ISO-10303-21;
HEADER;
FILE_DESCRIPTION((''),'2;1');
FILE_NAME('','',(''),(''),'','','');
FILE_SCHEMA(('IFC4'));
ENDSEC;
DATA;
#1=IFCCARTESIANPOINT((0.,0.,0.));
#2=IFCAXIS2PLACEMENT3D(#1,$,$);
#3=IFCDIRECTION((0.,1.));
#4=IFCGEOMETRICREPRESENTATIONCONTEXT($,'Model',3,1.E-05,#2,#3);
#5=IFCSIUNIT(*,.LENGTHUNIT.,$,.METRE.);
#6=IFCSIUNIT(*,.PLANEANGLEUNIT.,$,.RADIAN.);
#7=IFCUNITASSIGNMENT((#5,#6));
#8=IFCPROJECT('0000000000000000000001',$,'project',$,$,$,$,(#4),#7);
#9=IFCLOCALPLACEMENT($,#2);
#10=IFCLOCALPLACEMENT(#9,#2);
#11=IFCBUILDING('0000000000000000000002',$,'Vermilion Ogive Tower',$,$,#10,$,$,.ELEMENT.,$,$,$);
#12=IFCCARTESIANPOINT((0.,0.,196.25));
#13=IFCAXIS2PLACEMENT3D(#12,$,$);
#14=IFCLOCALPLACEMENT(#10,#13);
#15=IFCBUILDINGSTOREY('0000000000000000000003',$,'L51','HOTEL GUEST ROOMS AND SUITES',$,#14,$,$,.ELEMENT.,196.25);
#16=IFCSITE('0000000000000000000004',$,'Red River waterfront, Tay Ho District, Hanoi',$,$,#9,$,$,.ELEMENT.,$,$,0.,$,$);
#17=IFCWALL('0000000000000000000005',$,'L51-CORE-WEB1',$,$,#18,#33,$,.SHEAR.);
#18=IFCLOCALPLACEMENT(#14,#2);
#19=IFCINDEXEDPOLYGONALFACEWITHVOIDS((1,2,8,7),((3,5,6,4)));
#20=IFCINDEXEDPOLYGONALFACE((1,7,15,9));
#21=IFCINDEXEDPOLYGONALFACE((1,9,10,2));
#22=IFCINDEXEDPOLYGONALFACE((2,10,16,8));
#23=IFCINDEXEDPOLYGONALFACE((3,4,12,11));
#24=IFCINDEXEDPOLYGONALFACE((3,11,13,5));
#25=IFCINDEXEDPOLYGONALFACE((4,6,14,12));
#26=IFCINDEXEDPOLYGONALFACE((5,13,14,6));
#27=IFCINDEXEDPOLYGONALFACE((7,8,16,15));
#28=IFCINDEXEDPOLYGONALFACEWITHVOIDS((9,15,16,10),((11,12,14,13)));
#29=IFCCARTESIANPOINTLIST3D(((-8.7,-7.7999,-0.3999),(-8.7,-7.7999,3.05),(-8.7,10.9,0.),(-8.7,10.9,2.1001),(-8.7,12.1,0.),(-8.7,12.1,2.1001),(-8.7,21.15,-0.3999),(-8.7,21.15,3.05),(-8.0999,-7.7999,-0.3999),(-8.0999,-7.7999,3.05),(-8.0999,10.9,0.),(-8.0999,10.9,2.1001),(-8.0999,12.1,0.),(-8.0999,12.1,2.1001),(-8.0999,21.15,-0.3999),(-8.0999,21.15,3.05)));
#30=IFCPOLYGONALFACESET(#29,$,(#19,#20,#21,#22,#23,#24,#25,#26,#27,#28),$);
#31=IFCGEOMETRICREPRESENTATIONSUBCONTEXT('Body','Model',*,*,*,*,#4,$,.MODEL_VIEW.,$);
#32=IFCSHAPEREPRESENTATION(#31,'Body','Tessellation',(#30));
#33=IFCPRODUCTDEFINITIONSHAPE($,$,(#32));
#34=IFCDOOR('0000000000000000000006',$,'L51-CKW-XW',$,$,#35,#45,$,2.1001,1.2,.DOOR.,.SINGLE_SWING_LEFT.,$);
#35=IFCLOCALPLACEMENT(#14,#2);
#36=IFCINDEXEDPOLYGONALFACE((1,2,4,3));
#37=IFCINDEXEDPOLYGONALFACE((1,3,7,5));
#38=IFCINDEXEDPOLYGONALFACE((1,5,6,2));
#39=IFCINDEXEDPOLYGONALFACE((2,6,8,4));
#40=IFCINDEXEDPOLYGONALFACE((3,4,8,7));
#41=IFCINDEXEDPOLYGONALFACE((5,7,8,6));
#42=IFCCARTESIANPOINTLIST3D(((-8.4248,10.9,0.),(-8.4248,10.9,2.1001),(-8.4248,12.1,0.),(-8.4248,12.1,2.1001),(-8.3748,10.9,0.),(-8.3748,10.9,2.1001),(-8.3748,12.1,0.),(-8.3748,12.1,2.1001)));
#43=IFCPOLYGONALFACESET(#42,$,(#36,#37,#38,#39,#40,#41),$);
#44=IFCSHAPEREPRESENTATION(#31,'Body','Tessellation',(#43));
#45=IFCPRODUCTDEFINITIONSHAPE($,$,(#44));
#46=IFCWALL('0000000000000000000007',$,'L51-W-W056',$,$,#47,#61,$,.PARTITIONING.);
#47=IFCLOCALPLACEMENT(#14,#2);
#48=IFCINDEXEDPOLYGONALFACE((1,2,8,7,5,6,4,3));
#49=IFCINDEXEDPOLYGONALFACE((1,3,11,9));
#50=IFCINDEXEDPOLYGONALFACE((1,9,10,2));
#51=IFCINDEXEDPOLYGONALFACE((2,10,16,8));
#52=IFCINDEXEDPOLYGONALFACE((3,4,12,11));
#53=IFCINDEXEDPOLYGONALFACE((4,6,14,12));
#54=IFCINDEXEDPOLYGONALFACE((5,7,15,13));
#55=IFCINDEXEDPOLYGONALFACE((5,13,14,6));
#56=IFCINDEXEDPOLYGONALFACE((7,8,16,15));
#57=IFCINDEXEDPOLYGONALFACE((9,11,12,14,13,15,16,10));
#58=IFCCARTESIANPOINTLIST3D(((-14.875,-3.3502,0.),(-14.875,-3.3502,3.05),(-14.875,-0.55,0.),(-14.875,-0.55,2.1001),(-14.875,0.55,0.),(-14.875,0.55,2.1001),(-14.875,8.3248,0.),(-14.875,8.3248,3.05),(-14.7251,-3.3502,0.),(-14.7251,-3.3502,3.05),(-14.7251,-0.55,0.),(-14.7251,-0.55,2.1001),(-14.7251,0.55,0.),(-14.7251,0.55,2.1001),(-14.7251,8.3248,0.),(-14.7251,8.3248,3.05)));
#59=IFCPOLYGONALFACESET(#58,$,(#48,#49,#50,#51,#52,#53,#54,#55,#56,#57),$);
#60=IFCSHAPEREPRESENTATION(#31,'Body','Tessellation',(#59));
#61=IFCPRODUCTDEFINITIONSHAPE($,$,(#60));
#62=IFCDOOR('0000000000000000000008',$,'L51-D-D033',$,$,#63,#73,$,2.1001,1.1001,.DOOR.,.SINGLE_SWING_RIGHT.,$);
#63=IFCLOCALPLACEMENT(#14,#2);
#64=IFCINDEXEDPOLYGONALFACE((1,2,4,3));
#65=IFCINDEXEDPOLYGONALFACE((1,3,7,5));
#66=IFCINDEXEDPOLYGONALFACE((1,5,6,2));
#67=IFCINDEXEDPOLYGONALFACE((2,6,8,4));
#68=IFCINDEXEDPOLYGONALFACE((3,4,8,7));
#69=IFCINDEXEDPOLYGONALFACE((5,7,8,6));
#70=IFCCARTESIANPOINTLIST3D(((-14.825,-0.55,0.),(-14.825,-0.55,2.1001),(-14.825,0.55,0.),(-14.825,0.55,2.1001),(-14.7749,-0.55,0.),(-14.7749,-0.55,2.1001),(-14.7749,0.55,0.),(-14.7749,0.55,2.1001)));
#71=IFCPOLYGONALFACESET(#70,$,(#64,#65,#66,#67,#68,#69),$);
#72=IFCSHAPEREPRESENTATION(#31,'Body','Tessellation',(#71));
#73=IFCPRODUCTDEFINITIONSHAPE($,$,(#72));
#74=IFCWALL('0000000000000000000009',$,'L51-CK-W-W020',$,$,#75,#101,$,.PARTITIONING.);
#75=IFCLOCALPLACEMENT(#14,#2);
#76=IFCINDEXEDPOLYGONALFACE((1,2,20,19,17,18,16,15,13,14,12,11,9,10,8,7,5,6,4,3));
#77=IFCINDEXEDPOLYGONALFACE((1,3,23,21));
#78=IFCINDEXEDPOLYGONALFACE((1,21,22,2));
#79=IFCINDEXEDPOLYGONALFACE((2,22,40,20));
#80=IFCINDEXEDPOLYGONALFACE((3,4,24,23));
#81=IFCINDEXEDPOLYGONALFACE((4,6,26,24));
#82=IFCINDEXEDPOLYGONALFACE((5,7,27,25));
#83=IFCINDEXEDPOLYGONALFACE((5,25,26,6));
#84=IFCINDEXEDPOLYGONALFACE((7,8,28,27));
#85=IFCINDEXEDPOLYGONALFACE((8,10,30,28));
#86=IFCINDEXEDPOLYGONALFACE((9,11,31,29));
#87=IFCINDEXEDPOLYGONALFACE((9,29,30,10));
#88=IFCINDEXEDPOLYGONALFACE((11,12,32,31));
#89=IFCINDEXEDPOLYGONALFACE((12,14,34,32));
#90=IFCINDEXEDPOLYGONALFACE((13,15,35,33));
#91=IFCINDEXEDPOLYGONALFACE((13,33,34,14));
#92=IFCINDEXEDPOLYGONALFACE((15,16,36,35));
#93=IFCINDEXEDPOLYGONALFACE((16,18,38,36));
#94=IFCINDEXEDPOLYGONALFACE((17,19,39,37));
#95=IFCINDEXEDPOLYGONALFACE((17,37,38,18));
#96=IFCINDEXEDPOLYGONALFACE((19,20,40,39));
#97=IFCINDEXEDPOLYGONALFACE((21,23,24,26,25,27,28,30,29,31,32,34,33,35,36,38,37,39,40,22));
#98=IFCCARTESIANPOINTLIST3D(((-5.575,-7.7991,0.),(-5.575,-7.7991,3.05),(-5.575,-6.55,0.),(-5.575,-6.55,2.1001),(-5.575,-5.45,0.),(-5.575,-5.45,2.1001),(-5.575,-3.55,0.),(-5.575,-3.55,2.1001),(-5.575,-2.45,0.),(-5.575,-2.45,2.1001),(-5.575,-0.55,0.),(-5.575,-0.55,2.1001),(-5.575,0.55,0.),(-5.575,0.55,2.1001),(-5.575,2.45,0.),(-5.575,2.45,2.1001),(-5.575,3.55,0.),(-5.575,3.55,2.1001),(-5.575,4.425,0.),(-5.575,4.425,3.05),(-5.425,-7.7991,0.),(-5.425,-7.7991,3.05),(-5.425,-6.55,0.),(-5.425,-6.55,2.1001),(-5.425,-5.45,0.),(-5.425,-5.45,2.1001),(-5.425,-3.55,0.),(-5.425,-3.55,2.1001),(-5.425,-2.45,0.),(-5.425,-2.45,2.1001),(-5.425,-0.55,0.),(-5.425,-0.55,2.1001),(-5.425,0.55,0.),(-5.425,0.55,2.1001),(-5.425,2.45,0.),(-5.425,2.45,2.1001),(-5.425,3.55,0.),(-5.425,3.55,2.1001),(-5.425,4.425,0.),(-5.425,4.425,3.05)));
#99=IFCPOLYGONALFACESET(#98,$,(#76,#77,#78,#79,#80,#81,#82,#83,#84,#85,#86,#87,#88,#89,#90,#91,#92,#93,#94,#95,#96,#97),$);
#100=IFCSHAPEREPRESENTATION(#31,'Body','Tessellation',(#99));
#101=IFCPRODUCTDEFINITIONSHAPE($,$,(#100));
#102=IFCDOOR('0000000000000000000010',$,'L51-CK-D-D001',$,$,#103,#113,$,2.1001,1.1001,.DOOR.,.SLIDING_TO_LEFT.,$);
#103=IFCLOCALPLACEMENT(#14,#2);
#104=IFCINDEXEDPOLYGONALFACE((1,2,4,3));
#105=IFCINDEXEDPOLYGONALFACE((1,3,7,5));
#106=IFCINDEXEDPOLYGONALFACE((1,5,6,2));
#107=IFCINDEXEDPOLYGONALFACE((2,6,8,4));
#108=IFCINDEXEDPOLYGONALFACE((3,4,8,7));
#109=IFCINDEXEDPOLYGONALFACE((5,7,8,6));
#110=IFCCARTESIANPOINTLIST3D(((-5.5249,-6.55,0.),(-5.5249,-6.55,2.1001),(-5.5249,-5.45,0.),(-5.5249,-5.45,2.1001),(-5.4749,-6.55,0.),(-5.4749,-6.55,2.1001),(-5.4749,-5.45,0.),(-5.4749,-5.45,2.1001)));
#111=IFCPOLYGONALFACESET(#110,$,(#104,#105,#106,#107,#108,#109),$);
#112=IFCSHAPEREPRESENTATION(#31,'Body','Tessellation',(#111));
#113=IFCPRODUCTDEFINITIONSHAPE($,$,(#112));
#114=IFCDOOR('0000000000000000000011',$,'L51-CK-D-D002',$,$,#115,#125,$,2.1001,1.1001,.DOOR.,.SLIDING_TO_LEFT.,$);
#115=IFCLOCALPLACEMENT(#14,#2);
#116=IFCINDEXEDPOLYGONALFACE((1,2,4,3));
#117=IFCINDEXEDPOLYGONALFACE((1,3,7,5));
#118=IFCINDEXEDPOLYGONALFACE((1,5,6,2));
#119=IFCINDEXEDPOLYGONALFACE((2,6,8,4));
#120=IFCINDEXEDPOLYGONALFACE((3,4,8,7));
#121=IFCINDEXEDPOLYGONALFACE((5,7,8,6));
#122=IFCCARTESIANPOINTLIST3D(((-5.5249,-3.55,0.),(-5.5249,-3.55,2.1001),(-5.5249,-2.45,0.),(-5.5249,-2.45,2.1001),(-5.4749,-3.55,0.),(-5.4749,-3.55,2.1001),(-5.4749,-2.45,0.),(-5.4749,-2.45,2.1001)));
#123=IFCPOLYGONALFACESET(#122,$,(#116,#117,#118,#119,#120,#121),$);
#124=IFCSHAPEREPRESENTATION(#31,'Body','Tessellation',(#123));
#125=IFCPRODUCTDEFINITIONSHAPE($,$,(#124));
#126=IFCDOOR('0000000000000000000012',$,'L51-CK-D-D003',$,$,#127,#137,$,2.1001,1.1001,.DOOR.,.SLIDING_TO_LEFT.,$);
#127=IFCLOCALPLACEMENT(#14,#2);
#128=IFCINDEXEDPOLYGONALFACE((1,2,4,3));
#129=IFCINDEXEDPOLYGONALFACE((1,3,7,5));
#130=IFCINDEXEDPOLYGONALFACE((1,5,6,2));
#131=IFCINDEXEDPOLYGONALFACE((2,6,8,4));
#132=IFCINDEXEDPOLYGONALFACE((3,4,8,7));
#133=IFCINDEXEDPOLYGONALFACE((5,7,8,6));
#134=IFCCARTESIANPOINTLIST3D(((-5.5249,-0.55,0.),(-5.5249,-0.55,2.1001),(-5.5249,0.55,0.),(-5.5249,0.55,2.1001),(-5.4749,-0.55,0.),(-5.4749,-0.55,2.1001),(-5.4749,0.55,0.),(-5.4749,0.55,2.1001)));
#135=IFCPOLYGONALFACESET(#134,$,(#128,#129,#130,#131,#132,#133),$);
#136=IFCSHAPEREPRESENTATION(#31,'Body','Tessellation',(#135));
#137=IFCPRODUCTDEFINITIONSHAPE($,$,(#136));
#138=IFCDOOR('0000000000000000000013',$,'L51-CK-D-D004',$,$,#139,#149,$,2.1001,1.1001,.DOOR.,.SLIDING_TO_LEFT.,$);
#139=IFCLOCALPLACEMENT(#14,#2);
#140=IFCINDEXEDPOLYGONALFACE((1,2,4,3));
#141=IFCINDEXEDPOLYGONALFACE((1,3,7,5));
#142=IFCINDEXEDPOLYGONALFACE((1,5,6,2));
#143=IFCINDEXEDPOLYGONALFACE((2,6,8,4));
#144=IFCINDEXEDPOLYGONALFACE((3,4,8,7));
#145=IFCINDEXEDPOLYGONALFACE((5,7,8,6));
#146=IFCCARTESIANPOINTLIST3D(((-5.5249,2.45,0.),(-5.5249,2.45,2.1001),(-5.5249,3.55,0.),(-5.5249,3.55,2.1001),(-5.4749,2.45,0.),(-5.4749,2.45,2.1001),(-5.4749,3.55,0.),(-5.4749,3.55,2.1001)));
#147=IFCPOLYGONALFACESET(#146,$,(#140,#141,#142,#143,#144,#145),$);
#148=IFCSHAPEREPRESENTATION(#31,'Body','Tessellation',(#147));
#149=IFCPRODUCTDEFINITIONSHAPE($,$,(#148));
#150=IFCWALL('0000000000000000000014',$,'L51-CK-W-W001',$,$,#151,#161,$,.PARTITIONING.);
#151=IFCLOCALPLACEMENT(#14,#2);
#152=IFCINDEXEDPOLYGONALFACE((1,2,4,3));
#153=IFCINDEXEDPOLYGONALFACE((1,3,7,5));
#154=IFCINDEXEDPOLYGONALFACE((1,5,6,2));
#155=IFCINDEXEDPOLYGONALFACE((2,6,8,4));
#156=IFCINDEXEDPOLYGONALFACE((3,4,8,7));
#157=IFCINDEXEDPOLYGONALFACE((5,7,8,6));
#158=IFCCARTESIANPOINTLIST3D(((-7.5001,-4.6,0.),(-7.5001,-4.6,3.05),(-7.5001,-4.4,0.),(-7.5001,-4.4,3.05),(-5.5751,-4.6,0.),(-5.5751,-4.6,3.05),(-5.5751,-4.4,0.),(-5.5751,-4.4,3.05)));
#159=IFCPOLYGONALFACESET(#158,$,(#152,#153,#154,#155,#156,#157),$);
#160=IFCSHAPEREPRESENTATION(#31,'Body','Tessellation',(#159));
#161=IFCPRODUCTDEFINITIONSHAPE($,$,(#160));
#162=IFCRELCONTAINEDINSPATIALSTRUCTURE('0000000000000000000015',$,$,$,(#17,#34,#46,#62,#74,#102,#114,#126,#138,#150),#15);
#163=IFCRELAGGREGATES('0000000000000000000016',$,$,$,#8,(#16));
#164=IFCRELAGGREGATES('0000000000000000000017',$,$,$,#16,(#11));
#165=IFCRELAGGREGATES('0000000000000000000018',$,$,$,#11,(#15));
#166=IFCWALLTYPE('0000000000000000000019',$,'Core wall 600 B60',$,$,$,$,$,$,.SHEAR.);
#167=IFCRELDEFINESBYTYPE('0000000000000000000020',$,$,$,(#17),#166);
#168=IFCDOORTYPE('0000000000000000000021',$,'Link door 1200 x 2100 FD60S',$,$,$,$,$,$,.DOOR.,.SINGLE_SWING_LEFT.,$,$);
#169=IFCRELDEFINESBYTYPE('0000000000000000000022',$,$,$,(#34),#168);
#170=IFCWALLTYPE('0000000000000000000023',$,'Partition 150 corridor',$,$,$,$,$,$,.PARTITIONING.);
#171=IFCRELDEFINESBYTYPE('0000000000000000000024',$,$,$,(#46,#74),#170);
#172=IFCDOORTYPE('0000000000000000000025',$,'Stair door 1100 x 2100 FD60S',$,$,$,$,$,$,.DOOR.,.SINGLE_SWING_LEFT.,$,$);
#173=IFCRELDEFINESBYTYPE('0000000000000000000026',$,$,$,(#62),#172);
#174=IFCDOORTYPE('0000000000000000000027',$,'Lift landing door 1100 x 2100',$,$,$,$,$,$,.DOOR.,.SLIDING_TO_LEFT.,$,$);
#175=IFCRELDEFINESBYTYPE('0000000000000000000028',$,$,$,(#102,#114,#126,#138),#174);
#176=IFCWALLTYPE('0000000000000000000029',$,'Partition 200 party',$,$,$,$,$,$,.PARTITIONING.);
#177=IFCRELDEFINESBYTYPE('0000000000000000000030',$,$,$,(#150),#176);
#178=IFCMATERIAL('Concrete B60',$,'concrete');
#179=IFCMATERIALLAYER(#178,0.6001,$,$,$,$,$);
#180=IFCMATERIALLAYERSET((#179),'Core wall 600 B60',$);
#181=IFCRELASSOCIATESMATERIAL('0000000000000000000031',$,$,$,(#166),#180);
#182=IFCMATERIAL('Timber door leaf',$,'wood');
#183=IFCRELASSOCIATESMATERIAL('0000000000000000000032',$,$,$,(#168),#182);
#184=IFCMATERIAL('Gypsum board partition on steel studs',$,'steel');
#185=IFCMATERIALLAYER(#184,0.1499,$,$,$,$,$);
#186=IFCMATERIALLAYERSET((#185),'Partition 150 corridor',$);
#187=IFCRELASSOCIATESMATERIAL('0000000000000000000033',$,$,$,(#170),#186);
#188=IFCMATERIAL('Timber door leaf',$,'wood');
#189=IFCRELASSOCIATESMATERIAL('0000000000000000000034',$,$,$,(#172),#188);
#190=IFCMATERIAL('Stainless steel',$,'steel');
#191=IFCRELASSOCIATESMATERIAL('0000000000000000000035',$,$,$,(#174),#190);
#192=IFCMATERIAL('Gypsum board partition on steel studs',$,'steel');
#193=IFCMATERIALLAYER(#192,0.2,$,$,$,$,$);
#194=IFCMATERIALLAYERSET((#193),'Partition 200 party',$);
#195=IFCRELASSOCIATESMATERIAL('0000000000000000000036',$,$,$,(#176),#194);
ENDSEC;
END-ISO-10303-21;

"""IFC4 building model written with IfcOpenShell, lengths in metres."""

from ifc_helpers import new_model, si_unit, direction, frame, frame_2d, origin, place, context, subcontext, project, spatial, rectangle, extrude, material, layer, layer_set, type_object, element, fill, save


model = new_model("IFC4")

# Units and contexts
model_context = context("Model", 3, precision=1e-05, world=origin(), true_north=direction((0.0, 1.0)))
body_context = subcontext(model_context, "Body", "Model", "MODEL_VIEW")
ifc_project = project(units=[si_unit("LENGTHUNIT", "METRE"), si_unit("PLANEANGLEUNIT", "RADIAN")], contexts=[model_context])

# Site, building, storey
site_placement = place(None, origin())
site = spatial("IfcSite", under=ifc_project, at=site_placement, Name="Red River waterfront, Tay Ho District, Hanoi", CompositionType="ELEMENT", RefElevation=0.0)
building_placement = place(site_placement, origin())
building = spatial("IfcBuilding", under=site, at=building_placement, Name="Vermilion Ogive Tower", CompositionType="ELEMENT")
storey_placement = place(building_placement, frame((0.0, 0.0, 196.25)))
storey = spatial("IfcBuildingStorey", under=building, at=storey_placement, Name="L51", Description="HOTEL GUEST ROOMS AND SUITES", CompositionType="ELEMENT", Elevation=196.25)

# Walls, openings, doors
ifc_material_1 = material(Name="Concrete B60", Category="concrete")
ifc_layer_1 = layer(ifc_material_1, 0.6001)
ifc_layer_set_1 = layer_set([ifc_layer_1], Name="Core wall 600 B60")
wall_type_1 = type_object("IfcWallType", Name="Core wall 600 B60", PredefinedType="SHEAR", material=ifc_layer_set_1)
wall_1_placement = place(storey_placement, frame((-8.3999, -7.8, -0.3999), z_axis=(0.0, 0.0, 1.0), x_axis=(0.0, 1.0, 0.0)))
wall_1 = element("IfcWall", 1, at=wall_1_placement, inside=storey, type_object=wall_type_1, Name="L51-CORE-WEB1", PredefinedType="SHEAR", context=body_context, shape_type="SweptSolid", body=[
    extrude(rectangle(XDim=28.95, YDim=0.6001, at=frame_2d((14.4751, 0.0))), origin(), (0.0, 0.0, 1.0), 3.45),
])
opening_1_placement = place(wall_1_placement, frame((18.7, 0.0, 0.3999)))
opening_1 = element("IfcOpeningElement", 2, at=opening_1_placement, cuts=wall_1, PredefinedType="OPENING", context=body_context, shape_type="SweptSolid", body=[
    extrude(rectangle(XDim=1.2, YDim=2.1001, at=frame_2d((0.6001, 1.05))), frame((0.0, 0.3101, 0.0), z_axis=(0.0, -1.0, 0.0), x_axis=(1.0, 0.0, 0.0)), (0.0, 0.0, 1.0), 0.6201),
])
ifc_material_2 = material(Name="Timber door leaf", Category="wood")
door_type_1 = type_object("IfcDoorType", Name="Link door 1200 x 2100 FD60S", OperationType="SINGLE_SWING_LEFT", PredefinedType="DOOR", material=ifc_material_2)
door_1_placement = place(opening_1_placement, origin())
door_1 = element("IfcDoor", 3, at=door_1_placement, inside=storey, type_object=door_type_1, Name="L51-CKW-XW", OperationType="SINGLE_SWING_LEFT", OverallHeight=2.1001, OverallWidth=1.2, PredefinedType="DOOR", context=body_context, shape_type="SweptSolid", body=[
    extrude(rectangle(XDim=1.2, YDim=2.1001, at=frame_2d((0.6001, 1.05))), frame((0.0, 0.0249, 0.0), z_axis=(0.0, -1.0, 0.0), x_axis=(1.0, 0.0, 0.0)), (0.0, 0.0, 1.0), 0.05),
])
fill(opening_1, door_1)
ifc_material_3 = material(Name="Gypsum board partition on steel studs", Category="steel")
ifc_layer_2 = layer(ifc_material_3, 0.1499)
ifc_layer_set_2 = layer_set([ifc_layer_2], Name="Partition 150 corridor")
wall_type_2 = type_object("IfcWallType", Name="Partition 150 corridor", PredefinedType="PARTITIONING", material=ifc_layer_set_2)
wall_2_placement = place(storey_placement, frame((-14.8, -3.3501, 0.0), z_axis=(0.0, 0.0, 1.0), x_axis=(0.0, 1.0, 0.0)))
wall_2 = element("IfcWall", 4, at=wall_2_placement, inside=storey, type_object=wall_type_2, Name="L51-W-W056", PredefinedType="PARTITIONING", context=body_context, shape_type="SweptSolid", body=[
    extrude(rectangle(XDim=11.675, YDim=0.1499, at=frame_2d((5.8374, 0.0))), origin(), (0.0, 0.0, 1.0), 3.05),
])
opening_2_placement = place(wall_2_placement, frame((2.8, 0.0, 0.0)))
opening_2 = element("IfcOpeningElement", 5, at=opening_2_placement, cuts=wall_2, PredefinedType="OPENING", context=body_context, shape_type="SweptSolid", body=[
    extrude(rectangle(XDim=1.1001, YDim=2.1001, at=frame_2d((0.55, 1.05))), frame((0.0, 0.085, 0.0), z_axis=(0.0, -1.0, 0.0), x_axis=(1.0, 0.0, 0.0)), (0.0, 0.0, 1.0), 0.1699),
])
ifc_material_4 = material(Name="Timber door leaf", Category="wood")
door_type_2 = type_object("IfcDoorType", Name="Stair door 1100 x 2100 FD60S", OperationType="SINGLE_SWING_LEFT", PredefinedType="DOOR", material=ifc_material_4)
door_2_placement = place(opening_2_placement, origin())
door_2 = element("IfcDoor", 6, at=door_2_placement, inside=storey, type_object=door_type_2, Name="L51-D-D033", OperationType="SINGLE_SWING_RIGHT", OverallHeight=2.1001, OverallWidth=1.1001, PredefinedType="DOOR", context=body_context, shape_type="SweptSolid", body=[
    extrude(rectangle(XDim=1.1001, YDim=2.1001, at=frame_2d((0.55, 1.05))), frame((0.0, 0.0249, 0.0), z_axis=(0.0, -1.0, 0.0), x_axis=(1.0, 0.0, 0.0)), (0.0, 0.0, 1.0), 0.05),
])
fill(opening_2, door_2)

# Wall, openings, doors
wall_3_placement = place(storey_placement, frame((-5.5, -7.7991, 0.0), z_axis=(0.0, 0.0, 1.0), x_axis=(0.0, 1.0, 0.0)))
wall_3 = element("IfcWall", 7, at=wall_3_placement, inside=storey, type_object=wall_type_2, Name="L51-CK-W-W020", PredefinedType="PARTITIONING", context=body_context, shape_type="SweptSolid", body=[
    extrude(rectangle(XDim=12.2241, YDim=0.1499, at=frame_2d((6.1121, 0.0))), origin(), (0.0, 0.0, 1.0), 3.05),
])
opening_3_placement = place(wall_3_placement, frame((1.249, 0.0, 0.0)))
opening_3 = element("IfcOpeningElement", 8, at=opening_3_placement, cuts=wall_3, PredefinedType="OPENING", context=body_context, shape_type="SweptSolid", body=[
    extrude(rectangle(XDim=1.1001, YDim=2.1001, at=frame_2d((0.55, 1.05))), frame((0.0, 0.085, 0.0), z_axis=(0.0, -1.0, 0.0), x_axis=(1.0, 0.0, 0.0)), (0.0, 0.0, 1.0), 0.1699),
])
opening_4_placement = place(wall_3_placement, frame((4.249, 0.0, 0.0)))
opening_4 = element("IfcOpeningElement", 9, at=opening_4_placement, cuts=wall_3, PredefinedType="OPENING", context=body_context, shape_type="SweptSolid", body=[
    extrude(rectangle(XDim=1.1001, YDim=2.1001, at=frame_2d((0.55, 1.05))), frame((0.0, 0.085, 0.0), z_axis=(0.0, -1.0, 0.0), x_axis=(1.0, 0.0, 0.0)), (0.0, 0.0, 1.0), 0.1699),
])
opening_5_placement = place(wall_3_placement, frame((7.249, 0.0, 0.0)))
opening_5 = element("IfcOpeningElement", 10, at=opening_5_placement, cuts=wall_3, PredefinedType="OPENING", context=body_context, shape_type="SweptSolid", body=[
    extrude(rectangle(XDim=1.1001, YDim=2.1001, at=frame_2d((0.55, 1.05))), frame((0.0, 0.085, 0.0), z_axis=(0.0, -1.0, 0.0), x_axis=(1.0, 0.0, 0.0)), (0.0, 0.0, 1.0), 0.1699),
])
opening_6_placement = place(wall_3_placement, frame((10.249, 0.0, 0.0)))
opening_6 = element("IfcOpeningElement", 11, at=opening_6_placement, cuts=wall_3, PredefinedType="OPENING", context=body_context, shape_type="SweptSolid", body=[
    extrude(rectangle(XDim=1.1001, YDim=2.1001, at=frame_2d((0.55, 1.05))), frame((0.0, 0.085, 0.0), z_axis=(0.0, -1.0, 0.0), x_axis=(1.0, 0.0, 0.0)), (0.0, 0.0, 1.0), 0.1699),
])
ifc_material_5 = material(Name="Stainless steel", Category="steel")
door_type_3 = type_object("IfcDoorType", Name="Lift landing door 1100 x 2100", OperationType="SLIDING_TO_LEFT", PredefinedType="DOOR", material=ifc_material_5)
door_3_placement = place(opening_3_placement, origin())
door_3 = element("IfcDoor", 12, at=door_3_placement, inside=storey, type_object=door_type_3, Name="L51-CK-D-D001", OperationType="SLIDING_TO_LEFT", OverallHeight=2.1001, OverallWidth=1.1001, PredefinedType="DOOR", context=body_context, shape_type="SweptSolid", body=[
    extrude(rectangle(XDim=1.1001, YDim=2.1001, at=frame_2d((0.55, 1.05))), frame((0.0, 0.0249, 0.0), z_axis=(0.0, -1.0, 0.0), x_axis=(1.0, 0.0, 0.0)), (0.0, 0.0, 1.0), 0.05),
])
fill(opening_3, door_3)
door_4_placement = place(opening_4_placement, origin())
door_4 = element("IfcDoor", 13, at=door_4_placement, inside=storey, type_object=door_type_3, Name="L51-CK-D-D002", OperationType="SLIDING_TO_LEFT", OverallHeight=2.1001, OverallWidth=1.1001, PredefinedType="DOOR", context=body_context, shape_type="SweptSolid", body=[
    extrude(rectangle(XDim=1.1001, YDim=2.1001, at=frame_2d((0.55, 1.05))), frame((0.0, 0.0249, 0.0), z_axis=(0.0, -1.0, 0.0), x_axis=(1.0, 0.0, 0.0)), (0.0, 0.0, 1.0), 0.05),
])
fill(opening_4, door_4)
door_5_placement = place(opening_5_placement, origin())
door_5 = element("IfcDoor", 14, at=door_5_placement, inside=storey, type_object=door_type_3, Name="L51-CK-D-D003", OperationType="SLIDING_TO_LEFT", OverallHeight=2.1001, OverallWidth=1.1001, PredefinedType="DOOR", context=body_context, shape_type="SweptSolid", body=[
    extrude(rectangle(XDim=1.1001, YDim=2.1001, at=frame_2d((0.55, 1.05))), frame((0.0, 0.0249, 0.0), z_axis=(0.0, -1.0, 0.0), x_axis=(1.0, 0.0, 0.0)), (0.0, 0.0, 1.0), 0.05),
])
fill(opening_5, door_5)
door_6_placement = place(opening_6_placement, origin())
door_6 = element("IfcDoor", 15, at=door_6_placement, inside=storey, type_object=door_type_3, Name="L51-CK-D-D004", OperationType="SLIDING_TO_LEFT", OverallHeight=2.1001, OverallWidth=1.1001, PredefinedType="DOOR", context=body_context, shape_type="SweptSolid", body=[
    extrude(rectangle(XDim=1.1001, YDim=2.1001, at=frame_2d((0.55, 1.05))), frame((0.0, 0.0249, 0.0), z_axis=(0.0, -1.0, 0.0), x_axis=(1.0, 0.0, 0.0)), (0.0, 0.0, 1.0), 0.05),
])
fill(opening_6, door_6)

# Wall
ifc_material_6 = material(Name="Gypsum board partition on steel studs", Category="steel")
ifc_layer_3 = layer(ifc_material_6, 0.2)
ifc_layer_set_3 = layer_set([ifc_layer_3], Name="Partition 200 party")
wall_type_3 = type_object("IfcWallType", Name="Partition 200 party", PredefinedType="PARTITIONING", material=ifc_layer_set_3)
for number, where, z_axis, x_axis, name in (
    (16, (-7.5, -4.5, 0.0), (0.0, 0.0, 1.0), (1.0, 0.0, 0.0), "L51-CK-W-W001"),
):
    element("IfcWall", number, at=place(storey_placement, frame(where, z_axis=z_axis, x_axis=x_axis)), inside=storey, type_object=wall_type_3, Name=name, PredefinedType="PARTITIONING", context=body_context, shape_type="SweptSolid", body=[
        extrude(rectangle(XDim=1.925, YDim=0.2, at=frame_2d((0.9624, 0.0))), origin(), (0.0, 0.0, 1.0), 3.05),
    ])

save(model, "model.ifc")
